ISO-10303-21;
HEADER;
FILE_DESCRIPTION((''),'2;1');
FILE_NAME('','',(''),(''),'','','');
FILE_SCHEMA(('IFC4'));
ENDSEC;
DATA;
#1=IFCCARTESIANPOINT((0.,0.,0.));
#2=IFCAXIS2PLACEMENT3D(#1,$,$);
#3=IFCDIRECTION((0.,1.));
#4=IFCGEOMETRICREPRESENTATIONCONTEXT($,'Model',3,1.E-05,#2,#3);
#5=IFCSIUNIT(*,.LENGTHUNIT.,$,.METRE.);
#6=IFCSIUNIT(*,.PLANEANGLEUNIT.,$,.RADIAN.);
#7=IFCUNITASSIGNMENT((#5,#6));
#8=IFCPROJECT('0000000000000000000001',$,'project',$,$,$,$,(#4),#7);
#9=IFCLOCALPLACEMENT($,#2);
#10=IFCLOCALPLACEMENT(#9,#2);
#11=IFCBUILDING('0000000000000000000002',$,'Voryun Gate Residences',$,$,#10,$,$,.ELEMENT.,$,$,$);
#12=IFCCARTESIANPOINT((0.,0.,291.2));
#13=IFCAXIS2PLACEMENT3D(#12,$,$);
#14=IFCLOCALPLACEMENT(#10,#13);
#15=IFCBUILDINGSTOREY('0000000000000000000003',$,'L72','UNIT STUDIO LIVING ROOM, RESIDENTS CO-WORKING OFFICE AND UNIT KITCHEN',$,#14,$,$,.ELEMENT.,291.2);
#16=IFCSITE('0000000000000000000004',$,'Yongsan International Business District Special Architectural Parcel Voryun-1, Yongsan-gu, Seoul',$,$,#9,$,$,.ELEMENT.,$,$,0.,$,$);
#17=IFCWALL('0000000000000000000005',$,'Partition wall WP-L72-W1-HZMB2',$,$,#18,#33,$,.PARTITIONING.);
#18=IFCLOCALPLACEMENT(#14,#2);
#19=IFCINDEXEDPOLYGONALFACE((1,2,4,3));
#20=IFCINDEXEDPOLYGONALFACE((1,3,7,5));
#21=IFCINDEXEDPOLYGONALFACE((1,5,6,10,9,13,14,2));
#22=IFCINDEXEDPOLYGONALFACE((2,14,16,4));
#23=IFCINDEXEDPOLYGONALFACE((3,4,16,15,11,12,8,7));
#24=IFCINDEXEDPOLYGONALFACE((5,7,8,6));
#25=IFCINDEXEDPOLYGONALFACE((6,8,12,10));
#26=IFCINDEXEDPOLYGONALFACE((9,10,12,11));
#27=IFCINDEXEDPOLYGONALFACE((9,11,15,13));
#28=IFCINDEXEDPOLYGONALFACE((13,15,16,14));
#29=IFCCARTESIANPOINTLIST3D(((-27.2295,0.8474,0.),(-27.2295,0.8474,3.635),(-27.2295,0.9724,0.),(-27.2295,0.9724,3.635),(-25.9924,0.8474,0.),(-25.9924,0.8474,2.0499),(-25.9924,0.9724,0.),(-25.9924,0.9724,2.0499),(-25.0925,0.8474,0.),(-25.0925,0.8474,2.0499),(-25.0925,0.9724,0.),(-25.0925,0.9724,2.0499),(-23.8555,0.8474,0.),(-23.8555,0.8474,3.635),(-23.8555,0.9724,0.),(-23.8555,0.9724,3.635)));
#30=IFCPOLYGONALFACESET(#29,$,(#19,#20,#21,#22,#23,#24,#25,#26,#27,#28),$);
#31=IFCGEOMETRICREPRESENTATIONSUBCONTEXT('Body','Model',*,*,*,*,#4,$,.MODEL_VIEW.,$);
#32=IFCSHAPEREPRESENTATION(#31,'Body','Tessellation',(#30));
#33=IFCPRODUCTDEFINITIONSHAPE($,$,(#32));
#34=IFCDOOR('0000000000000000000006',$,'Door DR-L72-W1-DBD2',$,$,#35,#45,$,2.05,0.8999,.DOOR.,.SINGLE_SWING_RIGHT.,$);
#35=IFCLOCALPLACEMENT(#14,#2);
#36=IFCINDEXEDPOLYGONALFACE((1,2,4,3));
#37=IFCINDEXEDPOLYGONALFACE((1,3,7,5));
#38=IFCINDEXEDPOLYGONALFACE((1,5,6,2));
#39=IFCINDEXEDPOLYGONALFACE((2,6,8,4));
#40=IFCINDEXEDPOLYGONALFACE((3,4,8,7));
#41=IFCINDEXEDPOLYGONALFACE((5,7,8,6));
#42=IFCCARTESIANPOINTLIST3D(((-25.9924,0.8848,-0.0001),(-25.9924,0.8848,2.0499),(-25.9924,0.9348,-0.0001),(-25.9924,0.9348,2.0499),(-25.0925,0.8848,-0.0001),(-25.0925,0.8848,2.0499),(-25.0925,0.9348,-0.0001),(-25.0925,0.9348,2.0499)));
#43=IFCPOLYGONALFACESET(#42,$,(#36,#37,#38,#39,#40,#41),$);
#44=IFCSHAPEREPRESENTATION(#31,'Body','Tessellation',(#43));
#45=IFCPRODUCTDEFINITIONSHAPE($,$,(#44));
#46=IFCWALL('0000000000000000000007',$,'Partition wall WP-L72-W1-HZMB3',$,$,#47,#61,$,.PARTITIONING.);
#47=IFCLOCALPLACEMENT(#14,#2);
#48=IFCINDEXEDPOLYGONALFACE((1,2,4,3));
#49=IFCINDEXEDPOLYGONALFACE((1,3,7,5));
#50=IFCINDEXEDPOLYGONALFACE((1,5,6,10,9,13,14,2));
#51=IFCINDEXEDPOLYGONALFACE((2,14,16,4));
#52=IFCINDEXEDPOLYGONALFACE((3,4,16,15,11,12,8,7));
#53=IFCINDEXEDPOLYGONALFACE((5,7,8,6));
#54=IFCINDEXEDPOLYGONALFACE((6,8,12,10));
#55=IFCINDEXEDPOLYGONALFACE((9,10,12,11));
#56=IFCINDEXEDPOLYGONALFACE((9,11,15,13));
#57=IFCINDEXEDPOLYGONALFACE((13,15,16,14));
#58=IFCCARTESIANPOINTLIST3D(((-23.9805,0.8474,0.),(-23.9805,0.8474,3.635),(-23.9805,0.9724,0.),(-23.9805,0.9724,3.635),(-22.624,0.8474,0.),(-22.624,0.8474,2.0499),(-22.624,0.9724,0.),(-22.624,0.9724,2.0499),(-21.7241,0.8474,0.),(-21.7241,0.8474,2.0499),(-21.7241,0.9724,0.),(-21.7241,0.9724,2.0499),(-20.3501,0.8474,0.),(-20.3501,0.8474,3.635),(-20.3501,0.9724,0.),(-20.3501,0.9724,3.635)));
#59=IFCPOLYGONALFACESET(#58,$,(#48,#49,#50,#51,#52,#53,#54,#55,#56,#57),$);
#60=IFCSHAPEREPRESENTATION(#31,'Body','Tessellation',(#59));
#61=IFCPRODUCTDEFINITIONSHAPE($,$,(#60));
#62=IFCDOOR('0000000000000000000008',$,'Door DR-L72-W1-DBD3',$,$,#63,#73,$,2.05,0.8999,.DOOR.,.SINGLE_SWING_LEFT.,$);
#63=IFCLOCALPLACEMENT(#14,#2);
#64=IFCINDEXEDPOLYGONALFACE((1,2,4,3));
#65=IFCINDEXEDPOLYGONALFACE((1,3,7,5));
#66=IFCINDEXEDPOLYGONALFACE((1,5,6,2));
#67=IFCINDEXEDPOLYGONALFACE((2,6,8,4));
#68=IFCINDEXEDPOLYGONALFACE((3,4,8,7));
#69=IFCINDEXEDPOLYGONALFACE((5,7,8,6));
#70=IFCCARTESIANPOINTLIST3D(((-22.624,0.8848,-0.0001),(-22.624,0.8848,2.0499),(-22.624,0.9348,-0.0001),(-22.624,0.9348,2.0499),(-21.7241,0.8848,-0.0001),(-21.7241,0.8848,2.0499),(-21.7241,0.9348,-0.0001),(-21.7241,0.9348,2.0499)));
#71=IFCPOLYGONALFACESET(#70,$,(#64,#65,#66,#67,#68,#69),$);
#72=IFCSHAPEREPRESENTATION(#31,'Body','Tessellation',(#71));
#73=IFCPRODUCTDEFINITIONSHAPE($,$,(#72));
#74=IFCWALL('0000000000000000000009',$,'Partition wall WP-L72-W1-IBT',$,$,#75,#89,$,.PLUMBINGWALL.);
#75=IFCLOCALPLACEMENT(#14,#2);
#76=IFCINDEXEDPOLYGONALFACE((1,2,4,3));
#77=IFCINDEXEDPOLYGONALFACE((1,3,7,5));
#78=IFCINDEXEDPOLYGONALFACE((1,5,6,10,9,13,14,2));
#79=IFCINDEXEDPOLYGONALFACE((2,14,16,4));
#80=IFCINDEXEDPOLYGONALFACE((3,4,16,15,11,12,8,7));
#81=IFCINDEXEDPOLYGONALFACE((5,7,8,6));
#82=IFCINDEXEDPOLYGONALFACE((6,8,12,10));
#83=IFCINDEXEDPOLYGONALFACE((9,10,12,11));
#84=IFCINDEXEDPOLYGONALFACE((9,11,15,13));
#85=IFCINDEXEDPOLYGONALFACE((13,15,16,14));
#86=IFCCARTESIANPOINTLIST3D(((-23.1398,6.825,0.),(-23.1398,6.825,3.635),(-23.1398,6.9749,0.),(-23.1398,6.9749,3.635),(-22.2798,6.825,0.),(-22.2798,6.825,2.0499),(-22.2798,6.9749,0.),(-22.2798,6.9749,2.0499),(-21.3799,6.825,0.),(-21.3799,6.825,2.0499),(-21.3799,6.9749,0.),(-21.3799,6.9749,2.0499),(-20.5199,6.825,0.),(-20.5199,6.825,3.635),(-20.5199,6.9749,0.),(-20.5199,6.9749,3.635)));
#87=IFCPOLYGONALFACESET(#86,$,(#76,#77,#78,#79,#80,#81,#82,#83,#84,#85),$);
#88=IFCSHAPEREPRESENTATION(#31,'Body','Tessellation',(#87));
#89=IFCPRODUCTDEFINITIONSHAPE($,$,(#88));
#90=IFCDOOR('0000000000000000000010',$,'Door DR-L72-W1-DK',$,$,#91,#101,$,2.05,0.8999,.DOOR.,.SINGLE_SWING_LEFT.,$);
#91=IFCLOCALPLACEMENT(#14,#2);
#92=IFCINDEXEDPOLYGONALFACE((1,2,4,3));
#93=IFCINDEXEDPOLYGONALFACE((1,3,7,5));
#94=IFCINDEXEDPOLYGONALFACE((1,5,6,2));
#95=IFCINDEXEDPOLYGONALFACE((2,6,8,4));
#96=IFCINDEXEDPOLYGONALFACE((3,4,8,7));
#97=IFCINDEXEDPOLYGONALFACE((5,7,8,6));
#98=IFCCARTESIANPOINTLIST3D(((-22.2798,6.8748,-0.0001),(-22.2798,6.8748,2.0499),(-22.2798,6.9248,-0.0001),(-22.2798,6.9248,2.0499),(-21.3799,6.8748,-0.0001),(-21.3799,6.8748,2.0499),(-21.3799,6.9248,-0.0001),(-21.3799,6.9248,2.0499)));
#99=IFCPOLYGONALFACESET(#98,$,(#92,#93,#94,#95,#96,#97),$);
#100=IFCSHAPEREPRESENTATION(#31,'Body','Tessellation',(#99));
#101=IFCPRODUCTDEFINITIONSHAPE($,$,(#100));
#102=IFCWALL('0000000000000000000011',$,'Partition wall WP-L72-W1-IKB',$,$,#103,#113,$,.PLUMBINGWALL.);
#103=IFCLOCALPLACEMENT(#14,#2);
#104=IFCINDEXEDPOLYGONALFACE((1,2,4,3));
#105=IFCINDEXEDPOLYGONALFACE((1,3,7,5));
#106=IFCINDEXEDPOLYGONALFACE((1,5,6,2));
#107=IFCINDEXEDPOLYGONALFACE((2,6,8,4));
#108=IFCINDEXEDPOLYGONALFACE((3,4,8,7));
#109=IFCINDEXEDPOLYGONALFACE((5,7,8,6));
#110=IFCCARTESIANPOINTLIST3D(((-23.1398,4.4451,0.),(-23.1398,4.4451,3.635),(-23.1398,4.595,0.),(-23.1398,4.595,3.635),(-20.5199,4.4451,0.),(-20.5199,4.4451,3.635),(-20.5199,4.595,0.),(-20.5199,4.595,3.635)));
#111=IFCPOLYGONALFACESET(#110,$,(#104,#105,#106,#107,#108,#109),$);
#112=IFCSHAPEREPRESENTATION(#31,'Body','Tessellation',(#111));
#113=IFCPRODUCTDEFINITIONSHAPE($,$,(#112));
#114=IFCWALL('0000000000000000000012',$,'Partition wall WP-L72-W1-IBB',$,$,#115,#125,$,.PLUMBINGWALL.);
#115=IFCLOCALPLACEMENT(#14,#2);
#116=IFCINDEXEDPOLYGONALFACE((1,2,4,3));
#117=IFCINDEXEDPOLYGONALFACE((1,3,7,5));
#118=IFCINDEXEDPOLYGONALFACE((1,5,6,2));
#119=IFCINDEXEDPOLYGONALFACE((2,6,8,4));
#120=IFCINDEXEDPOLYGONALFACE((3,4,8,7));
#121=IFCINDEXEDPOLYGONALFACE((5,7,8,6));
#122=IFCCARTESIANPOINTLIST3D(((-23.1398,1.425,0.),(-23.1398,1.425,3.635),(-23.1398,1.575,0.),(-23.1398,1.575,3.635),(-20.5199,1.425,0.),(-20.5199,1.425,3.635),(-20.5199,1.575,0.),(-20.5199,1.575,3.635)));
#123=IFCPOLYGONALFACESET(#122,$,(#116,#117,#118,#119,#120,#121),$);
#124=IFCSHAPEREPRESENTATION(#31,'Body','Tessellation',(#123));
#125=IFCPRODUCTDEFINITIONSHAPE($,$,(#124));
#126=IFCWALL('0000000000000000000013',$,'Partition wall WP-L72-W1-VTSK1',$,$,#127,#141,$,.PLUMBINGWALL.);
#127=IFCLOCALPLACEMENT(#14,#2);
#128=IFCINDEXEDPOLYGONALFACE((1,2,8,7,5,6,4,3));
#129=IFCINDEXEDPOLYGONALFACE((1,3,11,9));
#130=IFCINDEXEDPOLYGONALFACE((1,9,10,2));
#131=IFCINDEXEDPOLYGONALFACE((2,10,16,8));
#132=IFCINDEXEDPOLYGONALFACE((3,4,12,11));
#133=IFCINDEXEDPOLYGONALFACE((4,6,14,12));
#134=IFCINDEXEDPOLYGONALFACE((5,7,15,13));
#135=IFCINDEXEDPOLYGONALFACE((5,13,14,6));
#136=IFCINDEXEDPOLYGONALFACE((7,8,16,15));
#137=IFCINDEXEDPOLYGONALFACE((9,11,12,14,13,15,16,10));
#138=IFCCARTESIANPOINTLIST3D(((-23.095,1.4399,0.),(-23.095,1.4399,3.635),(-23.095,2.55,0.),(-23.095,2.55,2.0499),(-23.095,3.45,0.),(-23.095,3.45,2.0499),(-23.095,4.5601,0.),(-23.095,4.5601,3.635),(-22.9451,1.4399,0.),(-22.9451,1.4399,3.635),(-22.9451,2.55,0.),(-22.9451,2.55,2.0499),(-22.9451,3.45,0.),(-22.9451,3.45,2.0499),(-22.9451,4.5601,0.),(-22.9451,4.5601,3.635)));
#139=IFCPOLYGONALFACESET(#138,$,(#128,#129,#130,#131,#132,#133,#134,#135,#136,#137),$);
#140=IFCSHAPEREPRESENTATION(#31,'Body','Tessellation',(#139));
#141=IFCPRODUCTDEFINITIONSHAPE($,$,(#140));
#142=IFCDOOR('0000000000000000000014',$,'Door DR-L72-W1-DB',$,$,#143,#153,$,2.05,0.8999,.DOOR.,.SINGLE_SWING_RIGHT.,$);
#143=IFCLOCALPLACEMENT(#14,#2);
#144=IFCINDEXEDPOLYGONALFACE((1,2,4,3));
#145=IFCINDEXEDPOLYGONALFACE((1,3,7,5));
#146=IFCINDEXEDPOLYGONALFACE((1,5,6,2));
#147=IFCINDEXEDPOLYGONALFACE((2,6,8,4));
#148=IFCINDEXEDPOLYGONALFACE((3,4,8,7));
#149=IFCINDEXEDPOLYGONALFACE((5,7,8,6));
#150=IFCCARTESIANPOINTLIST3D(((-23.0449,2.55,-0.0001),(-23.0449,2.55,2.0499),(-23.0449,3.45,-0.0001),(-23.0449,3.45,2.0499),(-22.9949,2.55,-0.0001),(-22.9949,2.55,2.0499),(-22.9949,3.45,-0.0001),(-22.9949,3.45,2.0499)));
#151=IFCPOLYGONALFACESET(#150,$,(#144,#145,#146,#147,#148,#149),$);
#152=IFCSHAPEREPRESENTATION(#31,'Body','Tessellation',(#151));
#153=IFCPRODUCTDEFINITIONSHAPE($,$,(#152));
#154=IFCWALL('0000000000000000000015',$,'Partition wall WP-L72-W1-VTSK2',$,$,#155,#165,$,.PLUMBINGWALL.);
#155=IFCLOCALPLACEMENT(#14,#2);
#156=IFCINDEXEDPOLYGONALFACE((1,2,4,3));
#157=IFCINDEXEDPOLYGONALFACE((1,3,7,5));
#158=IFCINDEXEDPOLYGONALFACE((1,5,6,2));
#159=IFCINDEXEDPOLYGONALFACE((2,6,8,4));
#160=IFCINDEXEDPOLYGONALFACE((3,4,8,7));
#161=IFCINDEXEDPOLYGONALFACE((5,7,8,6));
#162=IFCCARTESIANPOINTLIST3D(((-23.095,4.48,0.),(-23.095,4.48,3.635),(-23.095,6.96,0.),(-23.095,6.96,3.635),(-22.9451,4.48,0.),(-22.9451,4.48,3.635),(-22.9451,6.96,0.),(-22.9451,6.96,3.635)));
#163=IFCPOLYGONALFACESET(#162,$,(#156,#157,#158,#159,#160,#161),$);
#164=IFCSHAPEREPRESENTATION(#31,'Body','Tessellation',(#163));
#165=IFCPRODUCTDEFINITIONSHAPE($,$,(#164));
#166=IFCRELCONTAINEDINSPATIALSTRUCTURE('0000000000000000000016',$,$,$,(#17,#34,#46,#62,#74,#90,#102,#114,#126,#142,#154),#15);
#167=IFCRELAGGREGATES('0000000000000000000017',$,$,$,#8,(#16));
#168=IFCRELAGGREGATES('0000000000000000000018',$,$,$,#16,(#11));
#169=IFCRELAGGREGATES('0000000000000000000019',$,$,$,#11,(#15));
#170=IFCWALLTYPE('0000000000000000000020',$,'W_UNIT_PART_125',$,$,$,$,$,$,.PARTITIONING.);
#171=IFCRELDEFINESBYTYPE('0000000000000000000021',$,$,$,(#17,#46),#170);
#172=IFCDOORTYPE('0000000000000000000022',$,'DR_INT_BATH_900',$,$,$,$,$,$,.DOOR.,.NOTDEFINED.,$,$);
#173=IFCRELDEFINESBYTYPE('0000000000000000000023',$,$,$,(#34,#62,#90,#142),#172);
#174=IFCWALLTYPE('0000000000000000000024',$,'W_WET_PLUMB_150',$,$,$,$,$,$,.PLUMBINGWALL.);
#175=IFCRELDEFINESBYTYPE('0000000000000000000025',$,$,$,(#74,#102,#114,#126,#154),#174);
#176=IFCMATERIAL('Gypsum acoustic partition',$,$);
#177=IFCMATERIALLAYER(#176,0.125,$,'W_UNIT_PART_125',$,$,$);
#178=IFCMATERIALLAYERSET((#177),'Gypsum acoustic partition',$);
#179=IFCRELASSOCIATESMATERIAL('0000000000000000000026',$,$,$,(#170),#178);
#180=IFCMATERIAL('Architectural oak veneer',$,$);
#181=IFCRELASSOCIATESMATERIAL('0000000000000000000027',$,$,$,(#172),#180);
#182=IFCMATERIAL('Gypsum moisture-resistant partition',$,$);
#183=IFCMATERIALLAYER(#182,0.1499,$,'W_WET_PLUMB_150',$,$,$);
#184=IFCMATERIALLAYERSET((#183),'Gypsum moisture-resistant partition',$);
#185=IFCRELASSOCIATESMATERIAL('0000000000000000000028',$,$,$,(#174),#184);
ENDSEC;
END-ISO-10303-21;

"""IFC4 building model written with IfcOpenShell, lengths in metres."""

from ifc_helpers import new_model, si_unit, direction, frame, frame_2d, origin, place, context, subcontext, project, spatial, rectangle, extrude, material, layer, layer_set, type_object, element, fill, save


model = new_model("IFC4")

# Units and contexts
model_context = context("Model", 3, precision=1e-05, world=origin(), true_north=direction((0.0, 1.0)))
body_context = subcontext(model_context, "Body", "Model", "MODEL_VIEW")
ifc_project = project(units=[si_unit("LENGTHUNIT", "METRE"), si_unit("PLANEANGLEUNIT", "RADIAN")], contexts=[model_context])

# Site, building, storey
site_placement = place(None, origin())
site = spatial("IfcSite", under=ifc_project, at=site_placement, Name="Yongsan International Business District Special Architectural Parcel Voryun-1, Yongsan-gu, Seoul", CompositionType="ELEMENT", RefElevation=0.0)
building_placement = place(site_placement, origin())
building = spatial("IfcBuilding", under=site, at=building_placement, Name="Voryun Gate Residences", CompositionType="ELEMENT")
storey_placement = place(building_placement, frame((0.0, 0.0, 291.2)))
storey = spatial("IfcBuildingStorey", under=building, at=storey_placement, Name="L72", Description="UNIT STUDIO LIVING ROOM, RESIDENTS CO-WORKING OFFICE AND UNIT KITCHEN", CompositionType="ELEMENT", Elevation=291.2)

# Walls, openings, doors
ifc_material_1 = material(Name="Gypsum acoustic partition")
ifc_layer_1 = layer(ifc_material_1, 0.125, Name="W_UNIT_PART_125")
ifc_layer_set_1 = layer_set([ifc_layer_1], Name="Gypsum acoustic partition")
wall_type_1 = type_object("IfcWallType", Name="W_UNIT_PART_125", PredefinedType="PARTITIONING", material=ifc_layer_set_1)
ifc_material_2 = material(Name="Architectural oak veneer")
door_type_1 = type_object("IfcDoorType", Name="DR_INT_BATH_900", OperationType="NOTDEFINED", PredefinedType="DOOR", material=ifc_material_2)
wall_1_placement = place(storey_placement, frame((-27.2295, 0.9099, 0.0), z_axis=(0.0, 0.0, 1.0), x_axis=(1.0, 0.0, 0.0)))
wall_1 = element("IfcWall", 1, at=wall_1_placement, inside=storey, type_object=wall_type_1, Name="Partition wall WP-L72-W1-HZMB2", PredefinedType="PARTITIONING", context=body_context, shape_type="SweptSolid", body=[
    extrude(rectangle(XDim=3.374, YDim=0.125, at=frame_2d((1.687, 0.0))), origin(), (0.0, 0.0, 1.0), 3.635),
])
opening_1_placement = place(wall_1_placement, frame((1.2371, 0.0, 0.0)))
opening_1 = element("IfcOpeningElement", 2, at=opening_1_placement, cuts=wall_1, PredefinedType="OPENING", context=body_context, shape_type="SweptSolid", body=[
    extrude(rectangle(XDim=0.8999, YDim=2.05, at=frame_2d((0.45, 1.0249))), frame((0.0, 0.0725, 0.0), z_axis=(0.0, -1.0, 0.0), x_axis=(1.0, 0.0, 0.0)), (0.0, 0.0, 1.0), 0.145),
])
door_1_placement = place(opening_1_placement, origin())
door_1 = element("IfcDoor", 3, at=door_1_placement, inside=storey, type_object=door_type_1, Name="Door DR-L72-W1-DBD2", OperationType="SINGLE_SWING_RIGHT", OverallHeight=2.05, OverallWidth=0.8999, PredefinedType="DOOR", context=body_context, shape_type="SweptSolid", body=[
    extrude(rectangle(XDim=0.8999, YDim=2.05, at=frame_2d((0.45, 1.0249))), frame((0.0, 0.0249, 0.0), z_axis=(0.0, -1.0, 0.0), x_axis=(1.0, 0.0, 0.0)), (0.0, 0.0, 1.0), 0.05),
])
fill(opening_1, door_1)
wall_2_placement = place(storey_placement, frame((-23.9805, 0.9099, 0.0), z_axis=(0.0, 0.0, 1.0), x_axis=(1.0, 0.0, 0.0)))
wall_2 = element("IfcWall", 4, at=wall_2_placement, inside=storey, type_object=wall_type_1, Name="Partition wall WP-L72-W1-HZMB3", PredefinedType="PARTITIONING", context=body_context, shape_type="SweptSolid", body=[
    extrude(rectangle(XDim=3.6304, YDim=0.125, at=frame_2d((1.8152, 0.0))), origin(), (0.0, 0.0, 1.0), 3.635),
])
opening_2_placement = place(wall_2_placement, frame((1.3564, 0.0, 0.0)))
opening_2 = element("IfcOpeningElement", 5, at=opening_2_placement, cuts=wall_2, PredefinedType="OPENING", context=body_context, shape_type="SweptSolid", body=[
    extrude(rectangle(XDim=0.8999, YDim=2.05, at=frame_2d((0.45, 1.0249))), frame((0.0, 0.0725, 0.0), z_axis=(0.0, -1.0, 0.0), x_axis=(1.0, 0.0, 0.0)), (0.0, 0.0, 1.0), 0.145),
])
door_2_placement = place(opening_2_placement, origin())
door_2 = element("IfcDoor", 6, at=door_2_placement, inside=storey, type_object=door_type_1, Name="Door DR-L72-W1-DBD3", OperationType="SINGLE_SWING_LEFT", OverallHeight=2.05, OverallWidth=0.8999, PredefinedType="DOOR", context=body_context, shape_type="SweptSolid", body=[
    extrude(rectangle(XDim=0.8999, YDim=2.05, at=frame_2d((0.45, 1.0249))), frame((0.0, 0.0249, 0.0), z_axis=(0.0, -1.0, 0.0), x_axis=(1.0, 0.0, 0.0)), (0.0, 0.0, 1.0), 0.05),
])
fill(opening_2, door_2)
ifc_material_3 = material(Name="Gypsum moisture-resistant partition")
ifc_layer_2 = layer(ifc_material_3, 0.1499, Name="W_WET_PLUMB_150")
ifc_layer_set_2 = layer_set([ifc_layer_2], Name="Gypsum moisture-resistant partition")
wall_type_2 = type_object("IfcWallType", Name="W_WET_PLUMB_150", PredefinedType="PLUMBINGWALL", material=ifc_layer_set_2)
wall_3_placement = place(storey_placement, frame((-23.1399, 6.8999, 0.0), z_axis=(0.0, 0.0, 1.0), x_axis=(1.0, 0.0, 0.0)))
wall_3 = element("IfcWall", 7, at=wall_3_placement, inside=storey, type_object=wall_type_2, Name="Partition wall WP-L72-W1-IBT", PredefinedType="PLUMBINGWALL", context=body_context, shape_type="SweptSolid", body=[
    extrude(rectangle(XDim=2.6199, YDim=0.1499, at=frame_2d((1.3101, 0.0))), origin(), (0.0, 0.0, 1.0), 3.635),
])
opening_3_placement = place(wall_3_placement, frame((0.8601, 0.0, 0.0)))
opening_3 = element("IfcOpeningElement", 8, at=opening_3_placement, cuts=wall_3, PredefinedType="OPENING", context=body_context, shape_type="SweptSolid", body=[
    extrude(rectangle(XDim=0.8999, YDim=2.05, at=frame_2d((0.45, 1.0249))), frame((0.0, 0.085, 0.0), z_axis=(0.0, -1.0, 0.0), x_axis=(1.0, 0.0, 0.0)), (0.0, 0.0, 1.0), 0.1699),
])
door_3_placement = place(opening_3_placement, origin())
door_3 = element("IfcDoor", 9, at=door_3_placement, inside=storey, type_object=door_type_1, Name="Door DR-L72-W1-DK", OperationType="SINGLE_SWING_LEFT", OverallHeight=2.05, OverallWidth=0.8999, PredefinedType="DOOR", context=body_context, shape_type="SweptSolid", body=[
    extrude(rectangle(XDim=0.8999, YDim=2.05, at=frame_2d((0.45, 1.0249))), frame((0.0, 0.0249, 0.0), z_axis=(0.0, -1.0, 0.0), x_axis=(1.0, 0.0, 0.0)), (0.0, 0.0, 1.0), 0.05),
])
fill(opening_3, door_3)

# Walls
for number, where, z_axis, x_axis, name in (
    (10, (-23.1399, 4.52, 0.0), (0.0, 0.0, 1.0), (1.0, 0.0, 0.0), "Partition wall WP-L72-W1-IKB"),
    (11, (-23.1399, 1.5, 0.0), (0.0, 0.0, 1.0), (1.0, 0.0, 0.0), "Partition wall WP-L72-W1-IBB"),
):
    element("IfcWall", number, at=place(storey_placement, frame(where, z_axis=z_axis, x_axis=x_axis)), inside=storey, type_object=wall_type_2, Name=name, PredefinedType="PLUMBINGWALL", context=body_context, shape_type="SweptSolid", body=[
        extrude(rectangle(XDim=2.6199, YDim=0.1499, at=frame_2d((1.3101, 0.0))), origin(), (0.0, 0.0, 1.0), 3.635),
    ])

# Wall, opening, door
wall_4_placement = place(storey_placement, frame((-23.02, 1.4399, 0.0), z_axis=(0.0, 0.0, 1.0), x_axis=(0.0, 1.0, 0.0)))
wall_4 = element("IfcWall", 12, at=wall_4_placement, inside=storey, type_object=wall_type_2, Name="Partition wall WP-L72-W1-VTSK1", PredefinedType="PLUMBINGWALL", context=body_context, shape_type="SweptSolid", body=[
    extrude(rectangle(XDim=3.1201, YDim=0.1499, at=frame_2d((1.5601, 0.0))), origin(), (0.0, 0.0, 1.0), 3.635),
])
opening_4_placement = place(wall_4_placement, frame((1.1101, 0.0, 0.0)))
opening_4 = element("IfcOpeningElement", 13, at=opening_4_placement, cuts=wall_4, PredefinedType="OPENING", context=body_context, shape_type="SweptSolid", body=[
    extrude(rectangle(XDim=0.8999, YDim=2.05, at=frame_2d((0.45, 1.0249))), frame((0.0, 0.085, 0.0), z_axis=(0.0, -1.0, 0.0), x_axis=(1.0, 0.0, 0.0)), (0.0, 0.0, 1.0), 0.1699),
])
door_4_placement = place(opening_4_placement, origin())
door_4 = element("IfcDoor", 14, at=door_4_placement, inside=storey, type_object=door_type_1, Name="Door DR-L72-W1-DB", OperationType="SINGLE_SWING_RIGHT", OverallHeight=2.05, OverallWidth=0.8999, PredefinedType="DOOR", context=body_context, shape_type="SweptSolid", body=[
    extrude(rectangle(XDim=0.8999, YDim=2.05, at=frame_2d((0.45, 1.0249))), frame((0.0, 0.0249, 0.0), z_axis=(0.0, -1.0, 0.0), x_axis=(1.0, 0.0, 0.0)), (0.0, 0.0, 1.0), 0.05),
])
fill(opening_4, door_4)

# Wall
wall_5_placement = place(storey_placement, frame((-23.02, 4.48, 0.0), z_axis=(0.0, 0.0, 1.0), x_axis=(0.0, 1.0, 0.0)))
element("IfcWall", 15, at=wall_5_placement, inside=storey, type_object=wall_type_2, Name="Partition wall WP-L72-W1-VTSK2", PredefinedType="PLUMBINGWALL", context=body_context, shape_type="SweptSolid", body=[
    extrude(rectangle(XDim=2.48, YDim=0.1499, at=frame_2d((1.24, 0.0))), origin(), (0.0, 0.0, 1.0), 3.635),
])

save(model, "model.ifc")
